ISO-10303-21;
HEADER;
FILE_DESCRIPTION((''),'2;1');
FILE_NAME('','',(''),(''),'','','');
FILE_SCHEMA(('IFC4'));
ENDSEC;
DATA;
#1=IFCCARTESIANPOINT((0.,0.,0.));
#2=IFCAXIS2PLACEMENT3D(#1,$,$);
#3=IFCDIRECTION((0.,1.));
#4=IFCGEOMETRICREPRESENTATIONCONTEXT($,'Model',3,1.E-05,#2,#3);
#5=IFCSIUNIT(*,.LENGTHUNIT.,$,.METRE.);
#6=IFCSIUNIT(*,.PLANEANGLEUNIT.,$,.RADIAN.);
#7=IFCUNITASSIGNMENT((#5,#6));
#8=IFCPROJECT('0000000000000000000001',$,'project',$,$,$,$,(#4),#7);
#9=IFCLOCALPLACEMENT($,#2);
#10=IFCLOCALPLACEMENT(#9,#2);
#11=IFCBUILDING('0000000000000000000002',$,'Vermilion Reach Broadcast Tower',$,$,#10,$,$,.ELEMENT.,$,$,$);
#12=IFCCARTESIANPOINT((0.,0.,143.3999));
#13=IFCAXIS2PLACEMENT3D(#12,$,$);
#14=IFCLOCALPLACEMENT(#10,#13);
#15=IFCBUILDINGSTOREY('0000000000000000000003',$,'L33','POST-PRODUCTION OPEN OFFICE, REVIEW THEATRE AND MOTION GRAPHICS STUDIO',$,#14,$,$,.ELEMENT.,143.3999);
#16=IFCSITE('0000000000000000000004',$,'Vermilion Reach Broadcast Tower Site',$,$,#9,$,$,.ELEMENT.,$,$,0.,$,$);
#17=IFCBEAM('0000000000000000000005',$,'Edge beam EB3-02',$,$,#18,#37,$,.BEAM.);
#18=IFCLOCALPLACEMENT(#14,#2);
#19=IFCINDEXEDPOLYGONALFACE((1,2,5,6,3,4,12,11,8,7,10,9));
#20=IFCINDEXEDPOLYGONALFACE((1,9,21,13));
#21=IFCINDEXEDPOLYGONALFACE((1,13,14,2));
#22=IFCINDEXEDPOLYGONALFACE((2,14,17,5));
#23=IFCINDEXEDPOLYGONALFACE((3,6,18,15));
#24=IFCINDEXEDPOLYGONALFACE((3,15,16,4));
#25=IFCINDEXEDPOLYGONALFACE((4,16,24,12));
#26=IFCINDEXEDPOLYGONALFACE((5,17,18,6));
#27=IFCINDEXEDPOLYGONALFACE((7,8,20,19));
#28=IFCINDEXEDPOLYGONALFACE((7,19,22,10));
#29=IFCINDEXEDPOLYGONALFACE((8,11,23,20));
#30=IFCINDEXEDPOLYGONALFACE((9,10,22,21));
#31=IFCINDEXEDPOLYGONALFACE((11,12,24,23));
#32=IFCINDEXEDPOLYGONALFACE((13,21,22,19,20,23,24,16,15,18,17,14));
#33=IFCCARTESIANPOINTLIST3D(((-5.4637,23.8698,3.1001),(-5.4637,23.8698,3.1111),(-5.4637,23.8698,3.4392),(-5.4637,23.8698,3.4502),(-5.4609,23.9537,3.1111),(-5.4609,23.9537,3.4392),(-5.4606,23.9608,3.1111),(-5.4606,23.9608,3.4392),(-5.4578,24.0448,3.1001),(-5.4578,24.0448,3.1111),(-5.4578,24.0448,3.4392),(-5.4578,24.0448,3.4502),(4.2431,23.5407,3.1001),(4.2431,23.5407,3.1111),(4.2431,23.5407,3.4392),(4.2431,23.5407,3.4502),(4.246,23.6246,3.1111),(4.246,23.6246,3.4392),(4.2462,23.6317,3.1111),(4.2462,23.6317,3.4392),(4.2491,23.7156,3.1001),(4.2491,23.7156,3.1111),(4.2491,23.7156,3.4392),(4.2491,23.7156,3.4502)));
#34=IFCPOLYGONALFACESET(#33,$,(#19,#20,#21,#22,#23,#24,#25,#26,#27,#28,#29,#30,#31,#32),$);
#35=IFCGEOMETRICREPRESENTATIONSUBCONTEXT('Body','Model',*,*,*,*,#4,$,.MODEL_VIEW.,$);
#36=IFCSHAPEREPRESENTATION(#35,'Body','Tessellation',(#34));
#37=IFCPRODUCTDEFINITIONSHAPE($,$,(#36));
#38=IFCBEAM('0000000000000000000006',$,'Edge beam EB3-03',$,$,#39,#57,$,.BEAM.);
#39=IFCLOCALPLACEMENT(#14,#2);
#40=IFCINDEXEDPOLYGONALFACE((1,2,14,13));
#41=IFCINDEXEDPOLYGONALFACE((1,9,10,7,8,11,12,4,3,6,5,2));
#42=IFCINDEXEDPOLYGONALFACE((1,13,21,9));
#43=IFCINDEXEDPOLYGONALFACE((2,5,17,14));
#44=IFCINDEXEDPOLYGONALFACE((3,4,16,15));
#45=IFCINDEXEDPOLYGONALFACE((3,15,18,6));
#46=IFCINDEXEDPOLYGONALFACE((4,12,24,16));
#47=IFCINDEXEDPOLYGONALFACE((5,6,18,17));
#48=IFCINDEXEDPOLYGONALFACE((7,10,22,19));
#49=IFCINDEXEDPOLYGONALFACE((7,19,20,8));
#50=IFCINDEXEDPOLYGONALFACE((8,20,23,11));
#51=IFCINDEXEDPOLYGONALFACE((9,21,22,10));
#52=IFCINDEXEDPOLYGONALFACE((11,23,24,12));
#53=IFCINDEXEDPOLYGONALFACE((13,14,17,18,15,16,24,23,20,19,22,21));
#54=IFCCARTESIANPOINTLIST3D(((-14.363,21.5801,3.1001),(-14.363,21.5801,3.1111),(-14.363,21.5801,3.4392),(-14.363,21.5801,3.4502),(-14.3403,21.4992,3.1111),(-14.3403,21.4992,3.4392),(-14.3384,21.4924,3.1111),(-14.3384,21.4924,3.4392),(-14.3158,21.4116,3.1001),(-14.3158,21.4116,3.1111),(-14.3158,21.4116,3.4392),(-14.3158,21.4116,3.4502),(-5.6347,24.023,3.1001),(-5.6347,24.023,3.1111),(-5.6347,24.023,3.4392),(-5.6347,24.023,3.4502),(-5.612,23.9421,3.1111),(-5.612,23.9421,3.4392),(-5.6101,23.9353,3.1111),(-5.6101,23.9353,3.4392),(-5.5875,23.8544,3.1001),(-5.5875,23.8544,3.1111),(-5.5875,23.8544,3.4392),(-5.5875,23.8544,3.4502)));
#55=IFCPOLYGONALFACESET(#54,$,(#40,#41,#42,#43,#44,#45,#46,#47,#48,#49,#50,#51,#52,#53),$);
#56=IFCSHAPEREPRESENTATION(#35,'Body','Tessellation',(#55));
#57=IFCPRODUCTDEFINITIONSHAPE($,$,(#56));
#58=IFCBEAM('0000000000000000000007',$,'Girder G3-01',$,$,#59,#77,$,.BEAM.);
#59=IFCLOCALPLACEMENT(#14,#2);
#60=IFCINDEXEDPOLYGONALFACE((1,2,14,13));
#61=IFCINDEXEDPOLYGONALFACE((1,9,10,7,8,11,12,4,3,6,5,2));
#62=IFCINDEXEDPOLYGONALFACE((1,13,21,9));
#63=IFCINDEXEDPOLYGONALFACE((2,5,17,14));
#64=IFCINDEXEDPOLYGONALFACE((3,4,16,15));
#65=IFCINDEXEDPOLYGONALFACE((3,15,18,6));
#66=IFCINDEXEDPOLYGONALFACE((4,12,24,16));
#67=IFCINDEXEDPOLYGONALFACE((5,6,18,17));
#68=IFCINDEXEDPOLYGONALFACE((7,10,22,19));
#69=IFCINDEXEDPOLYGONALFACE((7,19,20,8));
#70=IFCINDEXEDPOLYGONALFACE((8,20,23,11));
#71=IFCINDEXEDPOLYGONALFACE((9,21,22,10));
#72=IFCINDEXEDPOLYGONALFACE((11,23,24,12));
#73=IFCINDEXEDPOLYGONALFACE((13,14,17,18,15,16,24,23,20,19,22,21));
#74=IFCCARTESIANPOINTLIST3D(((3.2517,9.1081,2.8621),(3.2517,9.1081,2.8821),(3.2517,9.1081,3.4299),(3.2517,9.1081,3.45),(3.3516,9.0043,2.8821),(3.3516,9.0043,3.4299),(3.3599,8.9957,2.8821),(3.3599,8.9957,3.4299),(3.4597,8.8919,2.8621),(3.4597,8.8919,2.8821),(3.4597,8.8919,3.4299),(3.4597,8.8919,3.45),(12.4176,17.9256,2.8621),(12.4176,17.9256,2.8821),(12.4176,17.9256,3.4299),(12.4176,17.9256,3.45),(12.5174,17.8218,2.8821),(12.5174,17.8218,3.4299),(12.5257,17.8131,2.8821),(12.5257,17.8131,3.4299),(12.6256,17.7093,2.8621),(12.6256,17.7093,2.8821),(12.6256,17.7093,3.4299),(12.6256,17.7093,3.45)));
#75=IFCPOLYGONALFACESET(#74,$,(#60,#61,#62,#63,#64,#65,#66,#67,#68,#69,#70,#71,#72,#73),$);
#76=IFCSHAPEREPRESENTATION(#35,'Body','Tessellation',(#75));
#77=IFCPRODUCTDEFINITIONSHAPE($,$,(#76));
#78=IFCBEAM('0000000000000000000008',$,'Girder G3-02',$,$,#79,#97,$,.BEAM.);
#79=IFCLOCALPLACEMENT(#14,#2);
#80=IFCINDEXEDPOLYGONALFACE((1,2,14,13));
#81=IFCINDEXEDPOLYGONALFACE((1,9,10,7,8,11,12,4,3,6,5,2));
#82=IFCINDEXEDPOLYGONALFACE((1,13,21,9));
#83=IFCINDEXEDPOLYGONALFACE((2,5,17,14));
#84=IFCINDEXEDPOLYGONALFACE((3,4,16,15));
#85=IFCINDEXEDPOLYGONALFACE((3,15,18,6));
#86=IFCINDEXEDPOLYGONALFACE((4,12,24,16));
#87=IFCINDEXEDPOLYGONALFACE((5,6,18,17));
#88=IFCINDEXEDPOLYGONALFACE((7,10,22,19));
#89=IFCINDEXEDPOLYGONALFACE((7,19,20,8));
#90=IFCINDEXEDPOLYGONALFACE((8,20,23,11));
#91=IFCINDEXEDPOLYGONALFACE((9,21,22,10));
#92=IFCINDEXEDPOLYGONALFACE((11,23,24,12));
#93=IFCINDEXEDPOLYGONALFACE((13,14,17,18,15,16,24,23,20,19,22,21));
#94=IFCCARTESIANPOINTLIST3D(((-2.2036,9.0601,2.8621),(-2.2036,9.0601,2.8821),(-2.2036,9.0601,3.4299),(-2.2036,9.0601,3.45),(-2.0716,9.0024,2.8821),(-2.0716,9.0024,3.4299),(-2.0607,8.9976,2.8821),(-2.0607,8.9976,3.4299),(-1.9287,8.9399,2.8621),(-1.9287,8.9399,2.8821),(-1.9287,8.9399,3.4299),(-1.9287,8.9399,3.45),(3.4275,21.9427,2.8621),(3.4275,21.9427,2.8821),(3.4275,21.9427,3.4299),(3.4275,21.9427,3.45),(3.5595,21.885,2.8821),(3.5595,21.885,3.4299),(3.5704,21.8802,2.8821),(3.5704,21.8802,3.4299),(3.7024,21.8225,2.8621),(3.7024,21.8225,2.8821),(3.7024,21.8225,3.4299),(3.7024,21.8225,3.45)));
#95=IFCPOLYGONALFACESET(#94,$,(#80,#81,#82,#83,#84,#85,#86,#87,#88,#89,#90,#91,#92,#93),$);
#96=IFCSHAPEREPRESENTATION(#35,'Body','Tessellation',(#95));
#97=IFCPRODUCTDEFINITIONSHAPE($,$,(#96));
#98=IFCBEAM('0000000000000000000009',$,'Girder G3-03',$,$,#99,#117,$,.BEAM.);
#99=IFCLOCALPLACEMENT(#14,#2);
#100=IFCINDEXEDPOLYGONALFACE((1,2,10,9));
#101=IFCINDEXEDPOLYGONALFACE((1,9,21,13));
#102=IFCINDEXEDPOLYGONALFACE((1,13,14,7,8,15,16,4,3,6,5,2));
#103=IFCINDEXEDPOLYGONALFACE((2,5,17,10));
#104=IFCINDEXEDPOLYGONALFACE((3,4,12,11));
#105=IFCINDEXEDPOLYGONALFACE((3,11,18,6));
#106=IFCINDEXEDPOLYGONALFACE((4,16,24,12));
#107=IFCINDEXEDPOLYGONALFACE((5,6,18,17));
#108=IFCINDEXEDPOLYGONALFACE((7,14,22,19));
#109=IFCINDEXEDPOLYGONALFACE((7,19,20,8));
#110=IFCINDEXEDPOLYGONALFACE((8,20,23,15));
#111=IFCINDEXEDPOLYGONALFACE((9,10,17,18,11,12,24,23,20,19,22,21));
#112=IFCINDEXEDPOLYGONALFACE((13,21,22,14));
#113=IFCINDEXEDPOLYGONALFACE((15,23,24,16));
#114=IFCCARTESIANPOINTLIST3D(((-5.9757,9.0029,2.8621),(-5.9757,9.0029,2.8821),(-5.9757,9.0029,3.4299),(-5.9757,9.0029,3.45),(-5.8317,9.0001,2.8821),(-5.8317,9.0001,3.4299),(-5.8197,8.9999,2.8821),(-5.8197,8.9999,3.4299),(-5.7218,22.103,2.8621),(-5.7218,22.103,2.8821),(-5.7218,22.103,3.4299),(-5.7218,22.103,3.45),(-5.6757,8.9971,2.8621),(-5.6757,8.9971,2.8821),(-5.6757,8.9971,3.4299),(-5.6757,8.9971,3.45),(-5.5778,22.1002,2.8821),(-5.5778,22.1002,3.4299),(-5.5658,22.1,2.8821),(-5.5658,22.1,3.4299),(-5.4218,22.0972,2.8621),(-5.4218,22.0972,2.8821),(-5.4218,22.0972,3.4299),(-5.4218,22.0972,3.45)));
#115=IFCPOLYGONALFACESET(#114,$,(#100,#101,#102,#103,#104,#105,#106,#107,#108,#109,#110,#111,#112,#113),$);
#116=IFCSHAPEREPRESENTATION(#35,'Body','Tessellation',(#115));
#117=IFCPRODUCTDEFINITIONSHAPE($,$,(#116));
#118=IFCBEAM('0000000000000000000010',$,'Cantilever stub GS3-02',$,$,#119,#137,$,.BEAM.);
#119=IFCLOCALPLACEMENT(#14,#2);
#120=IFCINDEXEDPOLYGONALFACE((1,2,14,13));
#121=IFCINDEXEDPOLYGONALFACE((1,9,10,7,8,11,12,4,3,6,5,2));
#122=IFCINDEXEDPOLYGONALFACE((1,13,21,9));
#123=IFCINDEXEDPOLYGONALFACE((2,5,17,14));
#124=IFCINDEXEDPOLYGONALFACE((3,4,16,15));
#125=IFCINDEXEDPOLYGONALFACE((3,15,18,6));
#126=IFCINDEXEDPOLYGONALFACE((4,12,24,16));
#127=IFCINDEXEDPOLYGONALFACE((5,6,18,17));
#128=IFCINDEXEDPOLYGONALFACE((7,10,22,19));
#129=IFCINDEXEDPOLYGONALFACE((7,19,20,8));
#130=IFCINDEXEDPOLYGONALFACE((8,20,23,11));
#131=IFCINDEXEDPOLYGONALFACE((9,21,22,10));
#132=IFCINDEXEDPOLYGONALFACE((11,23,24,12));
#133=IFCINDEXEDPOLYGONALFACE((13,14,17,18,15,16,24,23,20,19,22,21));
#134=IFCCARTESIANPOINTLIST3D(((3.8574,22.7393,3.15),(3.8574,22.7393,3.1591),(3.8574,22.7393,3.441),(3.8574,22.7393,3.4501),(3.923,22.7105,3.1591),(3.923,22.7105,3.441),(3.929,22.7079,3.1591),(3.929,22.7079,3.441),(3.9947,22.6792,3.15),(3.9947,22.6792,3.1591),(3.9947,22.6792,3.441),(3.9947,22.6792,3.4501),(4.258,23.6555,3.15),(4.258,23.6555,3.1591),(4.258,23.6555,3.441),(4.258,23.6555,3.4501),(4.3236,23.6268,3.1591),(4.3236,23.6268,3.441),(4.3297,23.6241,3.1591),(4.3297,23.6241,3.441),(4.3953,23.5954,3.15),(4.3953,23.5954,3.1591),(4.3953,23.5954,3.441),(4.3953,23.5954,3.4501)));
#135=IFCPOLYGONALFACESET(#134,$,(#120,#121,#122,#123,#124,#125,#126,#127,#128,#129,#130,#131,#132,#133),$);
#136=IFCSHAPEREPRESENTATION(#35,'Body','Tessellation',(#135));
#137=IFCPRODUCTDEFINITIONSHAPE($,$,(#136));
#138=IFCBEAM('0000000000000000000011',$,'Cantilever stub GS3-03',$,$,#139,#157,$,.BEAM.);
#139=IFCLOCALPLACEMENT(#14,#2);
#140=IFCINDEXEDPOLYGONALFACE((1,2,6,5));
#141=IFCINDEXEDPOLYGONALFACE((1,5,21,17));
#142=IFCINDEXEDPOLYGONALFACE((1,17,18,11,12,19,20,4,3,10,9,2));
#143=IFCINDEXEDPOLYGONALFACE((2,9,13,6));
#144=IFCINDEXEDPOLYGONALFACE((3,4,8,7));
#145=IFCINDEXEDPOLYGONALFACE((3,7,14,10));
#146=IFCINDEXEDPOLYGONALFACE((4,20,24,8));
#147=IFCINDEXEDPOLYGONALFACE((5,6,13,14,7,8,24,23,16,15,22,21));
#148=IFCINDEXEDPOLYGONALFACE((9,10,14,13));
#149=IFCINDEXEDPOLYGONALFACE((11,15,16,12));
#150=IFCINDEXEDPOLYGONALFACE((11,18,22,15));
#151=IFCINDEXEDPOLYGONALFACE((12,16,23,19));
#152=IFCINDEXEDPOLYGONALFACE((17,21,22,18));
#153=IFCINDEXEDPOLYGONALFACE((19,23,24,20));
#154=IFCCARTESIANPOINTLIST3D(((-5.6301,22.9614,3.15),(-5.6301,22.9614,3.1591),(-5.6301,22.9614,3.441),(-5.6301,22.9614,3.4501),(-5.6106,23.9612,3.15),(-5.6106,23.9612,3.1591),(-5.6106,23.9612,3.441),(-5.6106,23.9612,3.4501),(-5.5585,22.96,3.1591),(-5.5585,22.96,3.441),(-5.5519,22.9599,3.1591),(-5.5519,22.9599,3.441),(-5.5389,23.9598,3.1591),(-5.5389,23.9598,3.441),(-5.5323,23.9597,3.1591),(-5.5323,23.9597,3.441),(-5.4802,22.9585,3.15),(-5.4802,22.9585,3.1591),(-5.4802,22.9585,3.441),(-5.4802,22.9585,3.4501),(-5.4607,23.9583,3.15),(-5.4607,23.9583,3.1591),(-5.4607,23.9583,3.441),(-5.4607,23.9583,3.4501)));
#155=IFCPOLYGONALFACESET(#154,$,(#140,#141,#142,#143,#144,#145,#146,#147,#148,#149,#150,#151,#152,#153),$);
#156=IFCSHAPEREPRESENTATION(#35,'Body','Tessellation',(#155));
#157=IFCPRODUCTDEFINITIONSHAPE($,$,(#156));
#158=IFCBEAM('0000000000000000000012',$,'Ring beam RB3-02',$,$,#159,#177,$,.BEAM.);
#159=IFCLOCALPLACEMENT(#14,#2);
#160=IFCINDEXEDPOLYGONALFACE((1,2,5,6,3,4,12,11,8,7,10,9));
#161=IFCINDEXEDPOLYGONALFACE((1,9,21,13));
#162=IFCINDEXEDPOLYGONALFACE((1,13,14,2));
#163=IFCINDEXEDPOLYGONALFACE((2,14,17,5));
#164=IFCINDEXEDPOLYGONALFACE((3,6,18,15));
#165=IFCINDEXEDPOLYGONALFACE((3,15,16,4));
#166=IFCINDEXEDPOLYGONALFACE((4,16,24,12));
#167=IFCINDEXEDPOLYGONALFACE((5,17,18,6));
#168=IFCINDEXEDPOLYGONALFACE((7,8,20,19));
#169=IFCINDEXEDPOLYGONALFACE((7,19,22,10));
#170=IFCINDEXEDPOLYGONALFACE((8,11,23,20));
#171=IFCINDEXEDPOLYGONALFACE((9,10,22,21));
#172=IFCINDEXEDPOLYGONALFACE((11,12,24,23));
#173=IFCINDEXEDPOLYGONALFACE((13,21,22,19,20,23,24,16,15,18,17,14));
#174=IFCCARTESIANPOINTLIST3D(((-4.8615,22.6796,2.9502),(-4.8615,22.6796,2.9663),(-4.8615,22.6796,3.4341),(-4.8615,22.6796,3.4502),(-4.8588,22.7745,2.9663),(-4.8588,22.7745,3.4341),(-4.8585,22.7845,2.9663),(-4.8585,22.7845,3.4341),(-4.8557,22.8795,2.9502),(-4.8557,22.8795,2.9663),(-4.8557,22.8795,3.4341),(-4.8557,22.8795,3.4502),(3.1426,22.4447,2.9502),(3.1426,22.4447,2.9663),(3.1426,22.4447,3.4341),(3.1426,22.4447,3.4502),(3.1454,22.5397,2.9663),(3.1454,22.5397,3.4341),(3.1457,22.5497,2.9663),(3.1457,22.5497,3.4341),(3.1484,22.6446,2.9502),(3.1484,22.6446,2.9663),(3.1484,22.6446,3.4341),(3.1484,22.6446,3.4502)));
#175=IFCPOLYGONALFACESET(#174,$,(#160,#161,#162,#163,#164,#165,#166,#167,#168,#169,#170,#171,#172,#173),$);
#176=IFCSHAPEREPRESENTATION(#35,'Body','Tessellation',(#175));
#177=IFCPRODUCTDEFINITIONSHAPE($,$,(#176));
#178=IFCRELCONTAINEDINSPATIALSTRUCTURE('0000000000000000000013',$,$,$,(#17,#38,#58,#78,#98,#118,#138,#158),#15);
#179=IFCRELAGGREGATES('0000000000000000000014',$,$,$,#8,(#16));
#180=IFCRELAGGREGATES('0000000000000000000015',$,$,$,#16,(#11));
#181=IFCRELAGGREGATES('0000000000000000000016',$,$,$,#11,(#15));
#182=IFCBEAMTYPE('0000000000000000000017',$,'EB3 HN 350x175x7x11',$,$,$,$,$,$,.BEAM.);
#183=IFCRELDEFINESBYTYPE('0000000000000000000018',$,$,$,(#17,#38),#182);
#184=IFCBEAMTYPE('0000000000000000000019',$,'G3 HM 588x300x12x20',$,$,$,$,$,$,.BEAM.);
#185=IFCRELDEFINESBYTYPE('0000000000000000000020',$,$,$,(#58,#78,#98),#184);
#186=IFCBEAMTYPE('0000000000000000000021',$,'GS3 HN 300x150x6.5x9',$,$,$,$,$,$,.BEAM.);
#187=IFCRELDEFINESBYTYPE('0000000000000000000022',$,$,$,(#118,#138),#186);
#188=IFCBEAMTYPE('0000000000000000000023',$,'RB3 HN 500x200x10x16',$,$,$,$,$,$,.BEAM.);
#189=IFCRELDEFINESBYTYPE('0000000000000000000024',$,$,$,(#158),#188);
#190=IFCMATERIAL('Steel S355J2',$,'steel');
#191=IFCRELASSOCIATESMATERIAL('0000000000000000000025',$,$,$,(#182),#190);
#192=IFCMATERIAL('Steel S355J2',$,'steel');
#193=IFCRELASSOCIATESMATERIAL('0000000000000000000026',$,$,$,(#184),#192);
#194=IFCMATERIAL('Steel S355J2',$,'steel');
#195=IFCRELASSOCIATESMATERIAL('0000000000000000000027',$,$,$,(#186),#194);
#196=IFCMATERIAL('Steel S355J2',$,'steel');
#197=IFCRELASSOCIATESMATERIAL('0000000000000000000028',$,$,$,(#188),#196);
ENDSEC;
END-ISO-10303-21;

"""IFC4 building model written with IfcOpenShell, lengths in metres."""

from ifc_helpers import new_model, si_unit, direction, frame, origin, origin_2d, place, context, subcontext, project, spatial, i_section, extrude, material, material_profile, profile_set, type_object, element, save


model = new_model("IFC4")

# Units and contexts
model_context = context("Model", 3, precision=1e-05, world=origin(), true_north=direction((0.0, 1.0)))
body_context = subcontext(model_context, "Body", "Model", "MODEL_VIEW")
ifc_project = project(units=[si_unit("LENGTHUNIT", "METRE"), si_unit("PLANEANGLEUNIT", "RADIAN")], contexts=[model_context])

# Site, building, storey
site_placement = place(None, origin())
site = spatial("IfcSite", under=ifc_project, at=site_placement, Name="Vermilion Reach Broadcast Tower Site", CompositionType="ELEMENT", RefElevation=0.0)
building_placement = place(site_placement, origin())
building = spatial("IfcBuilding", under=site, at=building_placement, Name="Vermilion Reach Broadcast Tower", CompositionType="ELEMENT")
storey_placement = place(building_placement, frame((0.0, 0.0, 143.3999)))
storey = spatial("IfcBuildingStorey", under=building, at=storey_placement, Name="L33", Description="POST-PRODUCTION OPEN OFFICE, REVIEW THEATRE AND MOTION GRAPHICS STUDIO", CompositionType="ELEMENT", Elevation=143.3999)

# Beams
ifc_material_1 = material(Name="Steel S355J2", Category="steel")
ifc_material_profile_1 = material_profile(ifc_material_1, i_section(OverallWidth=0.175, OverallDepth=0.3501, WebThickness=0.0071, FlangeThickness=0.011, at=origin_2d()), Name="S355J2 HN 350x175x7x11")
ifc_profile_set_1 = profile_set([ifc_material_profile_1], Name="Steel S355J2")
beam_type_1 = type_object("IfcBeamType", Name="EB3 HN 350x175x7x11", PredefinedType="BEAM", material=ifc_profile_set_1)
beam_1_placement = place(storey_placement, frame((4.2461, 23.6282, 3.2751), z_axis=(-0.999426, 0.033885, 0.0), x_axis=(-0.033885, -0.999426, 0.0)))
element("IfcBeam", 1, at=beam_1_placement, inside=storey, type_object=beam_type_1, Name="Edge beam EB3-02", PredefinedType="BEAM", context=body_context, shape_type="SweptSolid", body=[
    extrude(i_section(OverallWidth=0.175, OverallDepth=0.3501, WebThickness=0.0071, FlangeThickness=0.011, at=origin_2d()), origin(), (0.0, 0.0, 1.0), 9.7124),
])
beam_2_placement = place(storey_placement, frame((-5.6111, 23.9387, 3.2751), z_axis=(-0.962994, -0.269523, 0.0), x_axis=(0.269523, -0.962994, 0.0)))
element("IfcBeam", 2, at=beam_2_placement, inside=storey, type_object=beam_type_1, Name="Edge beam EB3-03", PredefinedType="BEAM", context=body_context, shape_type="SweptSolid", body=[
    extrude(i_section(OverallWidth=0.175, OverallDepth=0.3501, WebThickness=0.0071, FlangeThickness=0.011, at=origin_2d()), origin(), (0.0, 0.0, 1.0), 9.0637),
])
ifc_material_2 = material(Name="Steel S355J2", Category="steel")
ifc_material_profile_2 = material_profile(ifc_material_2, i_section(OverallWidth=0.3, OverallDepth=0.5879, WebThickness=0.012, FlangeThickness=0.02, at=origin_2d()), Name="S355J2 HM 588x300x12x20")
ifc_profile_set_2 = profile_set([ifc_material_profile_2], Name="Steel S355J2")
beam_type_2 = type_object("IfcBeamType", Name="G3 HM 588x300x12x20", PredefinedType="BEAM", material=ifc_profile_set_2)
beam_3_placement = place(storey_placement, frame((3.3557, 9.0, 3.156), z_axis=(0.72067, 0.693278, 0.0), x_axis=(-0.693278, 0.72067, 0.0)))
element("IfcBeam", 3, at=beam_3_placement, inside=storey, type_object=beam_type_2, Name="Girder G3-01", PredefinedType="BEAM", context=body_context, shape_type="SweptSolid", body=[
    extrude(i_section(OverallWidth=0.3, OverallDepth=0.5879, WebThickness=0.012, FlangeThickness=0.02, at=origin_2d()), origin(), (0.0, 0.0, 1.0), 12.7185),
])
beam_4_placement = place(storey_placement, frame((-2.0662, 9.0, 3.156), z_axis=(0.400519, 0.916288, 0.0), x_axis=(-0.916288, 0.400519, 0.0)))
element("IfcBeam", 4, at=beam_4_placement, inside=storey, type_object=beam_type_2, Name="Girder G3-02", PredefinedType="BEAM", context=body_context, shape_type="SweptSolid", body=[
    extrude(i_section(OverallWidth=0.3, OverallDepth=0.5879, WebThickness=0.012, FlangeThickness=0.02, at=origin_2d()), origin(), (0.0, 0.0, 1.0), 14.0596),
])
beam_5_placement = place(storey_placement, frame((-5.8257, 9.0, 3.156), z_axis=(0.019378, 0.999812, 0.0), x_axis=(-0.999812, 0.019378, 0.0)))
element("IfcBeam", 5, at=beam_5_placement, inside=storey, type_object=beam_type_2, Name="Girder G3-03", PredefinedType="BEAM", context=body_context, shape_type="SweptSolid", body=[
    extrude(i_section(OverallWidth=0.3, OverallDepth=0.5879, WebThickness=0.012, FlangeThickness=0.02, at=origin_2d()), origin(), (0.0, 0.0, 1.0), 13.1025),
])
ifc_material_3 = material(Name="Steel S355J2", Category="steel")
ifc_material_profile_3 = material_profile(ifc_material_3, i_section(OverallWidth=0.1499, OverallDepth=0.3, WebThickness=0.0066, FlangeThickness=0.009, at=origin_2d()), Name="S355J2 HN 300x150x6.5x9")
ifc_profile_set_3 = profile_set([ifc_material_profile_3], Name="Steel S355J2")
beam_type_3 = type_object("IfcBeamType", Name="GS3 HN 300x150x6.5x9", PredefinedType="BEAM", material=ifc_profile_set_3)
for number, where, z_axis, x_axis, name in (
    (6, (3.926, 22.7092, 3.3), (0.400627, 0.916241, 0.0), (-0.916241, 0.400627, 0.0), "Cantilever stub GS3-02"),
    (7, (-5.5552, 22.96, 3.3), (0.019532, 0.999809, 0.0), (-0.999809, 0.019532, 0.0), "Cantilever stub GS3-03"),
):
    element("IfcBeam", number, at=place(storey_placement, frame(where, z_axis=z_axis, x_axis=x_axis)), inside=storey, type_object=beam_type_3, Name=name, PredefinedType="BEAM", context=body_context, shape_type="SweptSolid", body=[
        extrude(i_section(OverallWidth=0.1499, OverallDepth=0.3, WebThickness=0.0066, FlangeThickness=0.009, at=origin_2d()), origin(), (0.0, 0.0, 1.0), 1.0),
    ])
ifc_material_4 = material(Name="Steel S355J2", Category="steel")
ifc_material_profile_4 = material_profile(ifc_material_4, i_section(OverallWidth=0.2, OverallDepth=0.5, WebThickness=0.01, FlangeThickness=0.0161, at=origin_2d()), Name="S355J2 HN 500x200x10x16")
ifc_profile_set_4 = profile_set([ifc_material_profile_4], Name="Steel S355J2")
beam_type_4 = type_object("IfcBeamType", Name="RB3 HN 500x200x10x16", PredefinedType="BEAM", material=ifc_profile_set_4)
beam_6_placement = place(storey_placement, frame((3.1455, 22.5447, 3.2002), z_axis=(-0.99957, 0.02933, 0.0), x_axis=(-0.02933, -0.99957, 0.0)))
element("IfcBeam", 8, at=beam_6_placement, inside=storey, type_object=beam_type_4, Name="Ring beam RB3-02", PredefinedType="BEAM", context=body_context, shape_type="SweptSolid", body=[
    extrude(i_section(OverallWidth=0.2, OverallDepth=0.5, WebThickness=0.01, FlangeThickness=0.0161, at=origin_2d()), origin(), (0.0, 0.0, 1.0), 8.0076),
])

save(model, "model.ifc")
